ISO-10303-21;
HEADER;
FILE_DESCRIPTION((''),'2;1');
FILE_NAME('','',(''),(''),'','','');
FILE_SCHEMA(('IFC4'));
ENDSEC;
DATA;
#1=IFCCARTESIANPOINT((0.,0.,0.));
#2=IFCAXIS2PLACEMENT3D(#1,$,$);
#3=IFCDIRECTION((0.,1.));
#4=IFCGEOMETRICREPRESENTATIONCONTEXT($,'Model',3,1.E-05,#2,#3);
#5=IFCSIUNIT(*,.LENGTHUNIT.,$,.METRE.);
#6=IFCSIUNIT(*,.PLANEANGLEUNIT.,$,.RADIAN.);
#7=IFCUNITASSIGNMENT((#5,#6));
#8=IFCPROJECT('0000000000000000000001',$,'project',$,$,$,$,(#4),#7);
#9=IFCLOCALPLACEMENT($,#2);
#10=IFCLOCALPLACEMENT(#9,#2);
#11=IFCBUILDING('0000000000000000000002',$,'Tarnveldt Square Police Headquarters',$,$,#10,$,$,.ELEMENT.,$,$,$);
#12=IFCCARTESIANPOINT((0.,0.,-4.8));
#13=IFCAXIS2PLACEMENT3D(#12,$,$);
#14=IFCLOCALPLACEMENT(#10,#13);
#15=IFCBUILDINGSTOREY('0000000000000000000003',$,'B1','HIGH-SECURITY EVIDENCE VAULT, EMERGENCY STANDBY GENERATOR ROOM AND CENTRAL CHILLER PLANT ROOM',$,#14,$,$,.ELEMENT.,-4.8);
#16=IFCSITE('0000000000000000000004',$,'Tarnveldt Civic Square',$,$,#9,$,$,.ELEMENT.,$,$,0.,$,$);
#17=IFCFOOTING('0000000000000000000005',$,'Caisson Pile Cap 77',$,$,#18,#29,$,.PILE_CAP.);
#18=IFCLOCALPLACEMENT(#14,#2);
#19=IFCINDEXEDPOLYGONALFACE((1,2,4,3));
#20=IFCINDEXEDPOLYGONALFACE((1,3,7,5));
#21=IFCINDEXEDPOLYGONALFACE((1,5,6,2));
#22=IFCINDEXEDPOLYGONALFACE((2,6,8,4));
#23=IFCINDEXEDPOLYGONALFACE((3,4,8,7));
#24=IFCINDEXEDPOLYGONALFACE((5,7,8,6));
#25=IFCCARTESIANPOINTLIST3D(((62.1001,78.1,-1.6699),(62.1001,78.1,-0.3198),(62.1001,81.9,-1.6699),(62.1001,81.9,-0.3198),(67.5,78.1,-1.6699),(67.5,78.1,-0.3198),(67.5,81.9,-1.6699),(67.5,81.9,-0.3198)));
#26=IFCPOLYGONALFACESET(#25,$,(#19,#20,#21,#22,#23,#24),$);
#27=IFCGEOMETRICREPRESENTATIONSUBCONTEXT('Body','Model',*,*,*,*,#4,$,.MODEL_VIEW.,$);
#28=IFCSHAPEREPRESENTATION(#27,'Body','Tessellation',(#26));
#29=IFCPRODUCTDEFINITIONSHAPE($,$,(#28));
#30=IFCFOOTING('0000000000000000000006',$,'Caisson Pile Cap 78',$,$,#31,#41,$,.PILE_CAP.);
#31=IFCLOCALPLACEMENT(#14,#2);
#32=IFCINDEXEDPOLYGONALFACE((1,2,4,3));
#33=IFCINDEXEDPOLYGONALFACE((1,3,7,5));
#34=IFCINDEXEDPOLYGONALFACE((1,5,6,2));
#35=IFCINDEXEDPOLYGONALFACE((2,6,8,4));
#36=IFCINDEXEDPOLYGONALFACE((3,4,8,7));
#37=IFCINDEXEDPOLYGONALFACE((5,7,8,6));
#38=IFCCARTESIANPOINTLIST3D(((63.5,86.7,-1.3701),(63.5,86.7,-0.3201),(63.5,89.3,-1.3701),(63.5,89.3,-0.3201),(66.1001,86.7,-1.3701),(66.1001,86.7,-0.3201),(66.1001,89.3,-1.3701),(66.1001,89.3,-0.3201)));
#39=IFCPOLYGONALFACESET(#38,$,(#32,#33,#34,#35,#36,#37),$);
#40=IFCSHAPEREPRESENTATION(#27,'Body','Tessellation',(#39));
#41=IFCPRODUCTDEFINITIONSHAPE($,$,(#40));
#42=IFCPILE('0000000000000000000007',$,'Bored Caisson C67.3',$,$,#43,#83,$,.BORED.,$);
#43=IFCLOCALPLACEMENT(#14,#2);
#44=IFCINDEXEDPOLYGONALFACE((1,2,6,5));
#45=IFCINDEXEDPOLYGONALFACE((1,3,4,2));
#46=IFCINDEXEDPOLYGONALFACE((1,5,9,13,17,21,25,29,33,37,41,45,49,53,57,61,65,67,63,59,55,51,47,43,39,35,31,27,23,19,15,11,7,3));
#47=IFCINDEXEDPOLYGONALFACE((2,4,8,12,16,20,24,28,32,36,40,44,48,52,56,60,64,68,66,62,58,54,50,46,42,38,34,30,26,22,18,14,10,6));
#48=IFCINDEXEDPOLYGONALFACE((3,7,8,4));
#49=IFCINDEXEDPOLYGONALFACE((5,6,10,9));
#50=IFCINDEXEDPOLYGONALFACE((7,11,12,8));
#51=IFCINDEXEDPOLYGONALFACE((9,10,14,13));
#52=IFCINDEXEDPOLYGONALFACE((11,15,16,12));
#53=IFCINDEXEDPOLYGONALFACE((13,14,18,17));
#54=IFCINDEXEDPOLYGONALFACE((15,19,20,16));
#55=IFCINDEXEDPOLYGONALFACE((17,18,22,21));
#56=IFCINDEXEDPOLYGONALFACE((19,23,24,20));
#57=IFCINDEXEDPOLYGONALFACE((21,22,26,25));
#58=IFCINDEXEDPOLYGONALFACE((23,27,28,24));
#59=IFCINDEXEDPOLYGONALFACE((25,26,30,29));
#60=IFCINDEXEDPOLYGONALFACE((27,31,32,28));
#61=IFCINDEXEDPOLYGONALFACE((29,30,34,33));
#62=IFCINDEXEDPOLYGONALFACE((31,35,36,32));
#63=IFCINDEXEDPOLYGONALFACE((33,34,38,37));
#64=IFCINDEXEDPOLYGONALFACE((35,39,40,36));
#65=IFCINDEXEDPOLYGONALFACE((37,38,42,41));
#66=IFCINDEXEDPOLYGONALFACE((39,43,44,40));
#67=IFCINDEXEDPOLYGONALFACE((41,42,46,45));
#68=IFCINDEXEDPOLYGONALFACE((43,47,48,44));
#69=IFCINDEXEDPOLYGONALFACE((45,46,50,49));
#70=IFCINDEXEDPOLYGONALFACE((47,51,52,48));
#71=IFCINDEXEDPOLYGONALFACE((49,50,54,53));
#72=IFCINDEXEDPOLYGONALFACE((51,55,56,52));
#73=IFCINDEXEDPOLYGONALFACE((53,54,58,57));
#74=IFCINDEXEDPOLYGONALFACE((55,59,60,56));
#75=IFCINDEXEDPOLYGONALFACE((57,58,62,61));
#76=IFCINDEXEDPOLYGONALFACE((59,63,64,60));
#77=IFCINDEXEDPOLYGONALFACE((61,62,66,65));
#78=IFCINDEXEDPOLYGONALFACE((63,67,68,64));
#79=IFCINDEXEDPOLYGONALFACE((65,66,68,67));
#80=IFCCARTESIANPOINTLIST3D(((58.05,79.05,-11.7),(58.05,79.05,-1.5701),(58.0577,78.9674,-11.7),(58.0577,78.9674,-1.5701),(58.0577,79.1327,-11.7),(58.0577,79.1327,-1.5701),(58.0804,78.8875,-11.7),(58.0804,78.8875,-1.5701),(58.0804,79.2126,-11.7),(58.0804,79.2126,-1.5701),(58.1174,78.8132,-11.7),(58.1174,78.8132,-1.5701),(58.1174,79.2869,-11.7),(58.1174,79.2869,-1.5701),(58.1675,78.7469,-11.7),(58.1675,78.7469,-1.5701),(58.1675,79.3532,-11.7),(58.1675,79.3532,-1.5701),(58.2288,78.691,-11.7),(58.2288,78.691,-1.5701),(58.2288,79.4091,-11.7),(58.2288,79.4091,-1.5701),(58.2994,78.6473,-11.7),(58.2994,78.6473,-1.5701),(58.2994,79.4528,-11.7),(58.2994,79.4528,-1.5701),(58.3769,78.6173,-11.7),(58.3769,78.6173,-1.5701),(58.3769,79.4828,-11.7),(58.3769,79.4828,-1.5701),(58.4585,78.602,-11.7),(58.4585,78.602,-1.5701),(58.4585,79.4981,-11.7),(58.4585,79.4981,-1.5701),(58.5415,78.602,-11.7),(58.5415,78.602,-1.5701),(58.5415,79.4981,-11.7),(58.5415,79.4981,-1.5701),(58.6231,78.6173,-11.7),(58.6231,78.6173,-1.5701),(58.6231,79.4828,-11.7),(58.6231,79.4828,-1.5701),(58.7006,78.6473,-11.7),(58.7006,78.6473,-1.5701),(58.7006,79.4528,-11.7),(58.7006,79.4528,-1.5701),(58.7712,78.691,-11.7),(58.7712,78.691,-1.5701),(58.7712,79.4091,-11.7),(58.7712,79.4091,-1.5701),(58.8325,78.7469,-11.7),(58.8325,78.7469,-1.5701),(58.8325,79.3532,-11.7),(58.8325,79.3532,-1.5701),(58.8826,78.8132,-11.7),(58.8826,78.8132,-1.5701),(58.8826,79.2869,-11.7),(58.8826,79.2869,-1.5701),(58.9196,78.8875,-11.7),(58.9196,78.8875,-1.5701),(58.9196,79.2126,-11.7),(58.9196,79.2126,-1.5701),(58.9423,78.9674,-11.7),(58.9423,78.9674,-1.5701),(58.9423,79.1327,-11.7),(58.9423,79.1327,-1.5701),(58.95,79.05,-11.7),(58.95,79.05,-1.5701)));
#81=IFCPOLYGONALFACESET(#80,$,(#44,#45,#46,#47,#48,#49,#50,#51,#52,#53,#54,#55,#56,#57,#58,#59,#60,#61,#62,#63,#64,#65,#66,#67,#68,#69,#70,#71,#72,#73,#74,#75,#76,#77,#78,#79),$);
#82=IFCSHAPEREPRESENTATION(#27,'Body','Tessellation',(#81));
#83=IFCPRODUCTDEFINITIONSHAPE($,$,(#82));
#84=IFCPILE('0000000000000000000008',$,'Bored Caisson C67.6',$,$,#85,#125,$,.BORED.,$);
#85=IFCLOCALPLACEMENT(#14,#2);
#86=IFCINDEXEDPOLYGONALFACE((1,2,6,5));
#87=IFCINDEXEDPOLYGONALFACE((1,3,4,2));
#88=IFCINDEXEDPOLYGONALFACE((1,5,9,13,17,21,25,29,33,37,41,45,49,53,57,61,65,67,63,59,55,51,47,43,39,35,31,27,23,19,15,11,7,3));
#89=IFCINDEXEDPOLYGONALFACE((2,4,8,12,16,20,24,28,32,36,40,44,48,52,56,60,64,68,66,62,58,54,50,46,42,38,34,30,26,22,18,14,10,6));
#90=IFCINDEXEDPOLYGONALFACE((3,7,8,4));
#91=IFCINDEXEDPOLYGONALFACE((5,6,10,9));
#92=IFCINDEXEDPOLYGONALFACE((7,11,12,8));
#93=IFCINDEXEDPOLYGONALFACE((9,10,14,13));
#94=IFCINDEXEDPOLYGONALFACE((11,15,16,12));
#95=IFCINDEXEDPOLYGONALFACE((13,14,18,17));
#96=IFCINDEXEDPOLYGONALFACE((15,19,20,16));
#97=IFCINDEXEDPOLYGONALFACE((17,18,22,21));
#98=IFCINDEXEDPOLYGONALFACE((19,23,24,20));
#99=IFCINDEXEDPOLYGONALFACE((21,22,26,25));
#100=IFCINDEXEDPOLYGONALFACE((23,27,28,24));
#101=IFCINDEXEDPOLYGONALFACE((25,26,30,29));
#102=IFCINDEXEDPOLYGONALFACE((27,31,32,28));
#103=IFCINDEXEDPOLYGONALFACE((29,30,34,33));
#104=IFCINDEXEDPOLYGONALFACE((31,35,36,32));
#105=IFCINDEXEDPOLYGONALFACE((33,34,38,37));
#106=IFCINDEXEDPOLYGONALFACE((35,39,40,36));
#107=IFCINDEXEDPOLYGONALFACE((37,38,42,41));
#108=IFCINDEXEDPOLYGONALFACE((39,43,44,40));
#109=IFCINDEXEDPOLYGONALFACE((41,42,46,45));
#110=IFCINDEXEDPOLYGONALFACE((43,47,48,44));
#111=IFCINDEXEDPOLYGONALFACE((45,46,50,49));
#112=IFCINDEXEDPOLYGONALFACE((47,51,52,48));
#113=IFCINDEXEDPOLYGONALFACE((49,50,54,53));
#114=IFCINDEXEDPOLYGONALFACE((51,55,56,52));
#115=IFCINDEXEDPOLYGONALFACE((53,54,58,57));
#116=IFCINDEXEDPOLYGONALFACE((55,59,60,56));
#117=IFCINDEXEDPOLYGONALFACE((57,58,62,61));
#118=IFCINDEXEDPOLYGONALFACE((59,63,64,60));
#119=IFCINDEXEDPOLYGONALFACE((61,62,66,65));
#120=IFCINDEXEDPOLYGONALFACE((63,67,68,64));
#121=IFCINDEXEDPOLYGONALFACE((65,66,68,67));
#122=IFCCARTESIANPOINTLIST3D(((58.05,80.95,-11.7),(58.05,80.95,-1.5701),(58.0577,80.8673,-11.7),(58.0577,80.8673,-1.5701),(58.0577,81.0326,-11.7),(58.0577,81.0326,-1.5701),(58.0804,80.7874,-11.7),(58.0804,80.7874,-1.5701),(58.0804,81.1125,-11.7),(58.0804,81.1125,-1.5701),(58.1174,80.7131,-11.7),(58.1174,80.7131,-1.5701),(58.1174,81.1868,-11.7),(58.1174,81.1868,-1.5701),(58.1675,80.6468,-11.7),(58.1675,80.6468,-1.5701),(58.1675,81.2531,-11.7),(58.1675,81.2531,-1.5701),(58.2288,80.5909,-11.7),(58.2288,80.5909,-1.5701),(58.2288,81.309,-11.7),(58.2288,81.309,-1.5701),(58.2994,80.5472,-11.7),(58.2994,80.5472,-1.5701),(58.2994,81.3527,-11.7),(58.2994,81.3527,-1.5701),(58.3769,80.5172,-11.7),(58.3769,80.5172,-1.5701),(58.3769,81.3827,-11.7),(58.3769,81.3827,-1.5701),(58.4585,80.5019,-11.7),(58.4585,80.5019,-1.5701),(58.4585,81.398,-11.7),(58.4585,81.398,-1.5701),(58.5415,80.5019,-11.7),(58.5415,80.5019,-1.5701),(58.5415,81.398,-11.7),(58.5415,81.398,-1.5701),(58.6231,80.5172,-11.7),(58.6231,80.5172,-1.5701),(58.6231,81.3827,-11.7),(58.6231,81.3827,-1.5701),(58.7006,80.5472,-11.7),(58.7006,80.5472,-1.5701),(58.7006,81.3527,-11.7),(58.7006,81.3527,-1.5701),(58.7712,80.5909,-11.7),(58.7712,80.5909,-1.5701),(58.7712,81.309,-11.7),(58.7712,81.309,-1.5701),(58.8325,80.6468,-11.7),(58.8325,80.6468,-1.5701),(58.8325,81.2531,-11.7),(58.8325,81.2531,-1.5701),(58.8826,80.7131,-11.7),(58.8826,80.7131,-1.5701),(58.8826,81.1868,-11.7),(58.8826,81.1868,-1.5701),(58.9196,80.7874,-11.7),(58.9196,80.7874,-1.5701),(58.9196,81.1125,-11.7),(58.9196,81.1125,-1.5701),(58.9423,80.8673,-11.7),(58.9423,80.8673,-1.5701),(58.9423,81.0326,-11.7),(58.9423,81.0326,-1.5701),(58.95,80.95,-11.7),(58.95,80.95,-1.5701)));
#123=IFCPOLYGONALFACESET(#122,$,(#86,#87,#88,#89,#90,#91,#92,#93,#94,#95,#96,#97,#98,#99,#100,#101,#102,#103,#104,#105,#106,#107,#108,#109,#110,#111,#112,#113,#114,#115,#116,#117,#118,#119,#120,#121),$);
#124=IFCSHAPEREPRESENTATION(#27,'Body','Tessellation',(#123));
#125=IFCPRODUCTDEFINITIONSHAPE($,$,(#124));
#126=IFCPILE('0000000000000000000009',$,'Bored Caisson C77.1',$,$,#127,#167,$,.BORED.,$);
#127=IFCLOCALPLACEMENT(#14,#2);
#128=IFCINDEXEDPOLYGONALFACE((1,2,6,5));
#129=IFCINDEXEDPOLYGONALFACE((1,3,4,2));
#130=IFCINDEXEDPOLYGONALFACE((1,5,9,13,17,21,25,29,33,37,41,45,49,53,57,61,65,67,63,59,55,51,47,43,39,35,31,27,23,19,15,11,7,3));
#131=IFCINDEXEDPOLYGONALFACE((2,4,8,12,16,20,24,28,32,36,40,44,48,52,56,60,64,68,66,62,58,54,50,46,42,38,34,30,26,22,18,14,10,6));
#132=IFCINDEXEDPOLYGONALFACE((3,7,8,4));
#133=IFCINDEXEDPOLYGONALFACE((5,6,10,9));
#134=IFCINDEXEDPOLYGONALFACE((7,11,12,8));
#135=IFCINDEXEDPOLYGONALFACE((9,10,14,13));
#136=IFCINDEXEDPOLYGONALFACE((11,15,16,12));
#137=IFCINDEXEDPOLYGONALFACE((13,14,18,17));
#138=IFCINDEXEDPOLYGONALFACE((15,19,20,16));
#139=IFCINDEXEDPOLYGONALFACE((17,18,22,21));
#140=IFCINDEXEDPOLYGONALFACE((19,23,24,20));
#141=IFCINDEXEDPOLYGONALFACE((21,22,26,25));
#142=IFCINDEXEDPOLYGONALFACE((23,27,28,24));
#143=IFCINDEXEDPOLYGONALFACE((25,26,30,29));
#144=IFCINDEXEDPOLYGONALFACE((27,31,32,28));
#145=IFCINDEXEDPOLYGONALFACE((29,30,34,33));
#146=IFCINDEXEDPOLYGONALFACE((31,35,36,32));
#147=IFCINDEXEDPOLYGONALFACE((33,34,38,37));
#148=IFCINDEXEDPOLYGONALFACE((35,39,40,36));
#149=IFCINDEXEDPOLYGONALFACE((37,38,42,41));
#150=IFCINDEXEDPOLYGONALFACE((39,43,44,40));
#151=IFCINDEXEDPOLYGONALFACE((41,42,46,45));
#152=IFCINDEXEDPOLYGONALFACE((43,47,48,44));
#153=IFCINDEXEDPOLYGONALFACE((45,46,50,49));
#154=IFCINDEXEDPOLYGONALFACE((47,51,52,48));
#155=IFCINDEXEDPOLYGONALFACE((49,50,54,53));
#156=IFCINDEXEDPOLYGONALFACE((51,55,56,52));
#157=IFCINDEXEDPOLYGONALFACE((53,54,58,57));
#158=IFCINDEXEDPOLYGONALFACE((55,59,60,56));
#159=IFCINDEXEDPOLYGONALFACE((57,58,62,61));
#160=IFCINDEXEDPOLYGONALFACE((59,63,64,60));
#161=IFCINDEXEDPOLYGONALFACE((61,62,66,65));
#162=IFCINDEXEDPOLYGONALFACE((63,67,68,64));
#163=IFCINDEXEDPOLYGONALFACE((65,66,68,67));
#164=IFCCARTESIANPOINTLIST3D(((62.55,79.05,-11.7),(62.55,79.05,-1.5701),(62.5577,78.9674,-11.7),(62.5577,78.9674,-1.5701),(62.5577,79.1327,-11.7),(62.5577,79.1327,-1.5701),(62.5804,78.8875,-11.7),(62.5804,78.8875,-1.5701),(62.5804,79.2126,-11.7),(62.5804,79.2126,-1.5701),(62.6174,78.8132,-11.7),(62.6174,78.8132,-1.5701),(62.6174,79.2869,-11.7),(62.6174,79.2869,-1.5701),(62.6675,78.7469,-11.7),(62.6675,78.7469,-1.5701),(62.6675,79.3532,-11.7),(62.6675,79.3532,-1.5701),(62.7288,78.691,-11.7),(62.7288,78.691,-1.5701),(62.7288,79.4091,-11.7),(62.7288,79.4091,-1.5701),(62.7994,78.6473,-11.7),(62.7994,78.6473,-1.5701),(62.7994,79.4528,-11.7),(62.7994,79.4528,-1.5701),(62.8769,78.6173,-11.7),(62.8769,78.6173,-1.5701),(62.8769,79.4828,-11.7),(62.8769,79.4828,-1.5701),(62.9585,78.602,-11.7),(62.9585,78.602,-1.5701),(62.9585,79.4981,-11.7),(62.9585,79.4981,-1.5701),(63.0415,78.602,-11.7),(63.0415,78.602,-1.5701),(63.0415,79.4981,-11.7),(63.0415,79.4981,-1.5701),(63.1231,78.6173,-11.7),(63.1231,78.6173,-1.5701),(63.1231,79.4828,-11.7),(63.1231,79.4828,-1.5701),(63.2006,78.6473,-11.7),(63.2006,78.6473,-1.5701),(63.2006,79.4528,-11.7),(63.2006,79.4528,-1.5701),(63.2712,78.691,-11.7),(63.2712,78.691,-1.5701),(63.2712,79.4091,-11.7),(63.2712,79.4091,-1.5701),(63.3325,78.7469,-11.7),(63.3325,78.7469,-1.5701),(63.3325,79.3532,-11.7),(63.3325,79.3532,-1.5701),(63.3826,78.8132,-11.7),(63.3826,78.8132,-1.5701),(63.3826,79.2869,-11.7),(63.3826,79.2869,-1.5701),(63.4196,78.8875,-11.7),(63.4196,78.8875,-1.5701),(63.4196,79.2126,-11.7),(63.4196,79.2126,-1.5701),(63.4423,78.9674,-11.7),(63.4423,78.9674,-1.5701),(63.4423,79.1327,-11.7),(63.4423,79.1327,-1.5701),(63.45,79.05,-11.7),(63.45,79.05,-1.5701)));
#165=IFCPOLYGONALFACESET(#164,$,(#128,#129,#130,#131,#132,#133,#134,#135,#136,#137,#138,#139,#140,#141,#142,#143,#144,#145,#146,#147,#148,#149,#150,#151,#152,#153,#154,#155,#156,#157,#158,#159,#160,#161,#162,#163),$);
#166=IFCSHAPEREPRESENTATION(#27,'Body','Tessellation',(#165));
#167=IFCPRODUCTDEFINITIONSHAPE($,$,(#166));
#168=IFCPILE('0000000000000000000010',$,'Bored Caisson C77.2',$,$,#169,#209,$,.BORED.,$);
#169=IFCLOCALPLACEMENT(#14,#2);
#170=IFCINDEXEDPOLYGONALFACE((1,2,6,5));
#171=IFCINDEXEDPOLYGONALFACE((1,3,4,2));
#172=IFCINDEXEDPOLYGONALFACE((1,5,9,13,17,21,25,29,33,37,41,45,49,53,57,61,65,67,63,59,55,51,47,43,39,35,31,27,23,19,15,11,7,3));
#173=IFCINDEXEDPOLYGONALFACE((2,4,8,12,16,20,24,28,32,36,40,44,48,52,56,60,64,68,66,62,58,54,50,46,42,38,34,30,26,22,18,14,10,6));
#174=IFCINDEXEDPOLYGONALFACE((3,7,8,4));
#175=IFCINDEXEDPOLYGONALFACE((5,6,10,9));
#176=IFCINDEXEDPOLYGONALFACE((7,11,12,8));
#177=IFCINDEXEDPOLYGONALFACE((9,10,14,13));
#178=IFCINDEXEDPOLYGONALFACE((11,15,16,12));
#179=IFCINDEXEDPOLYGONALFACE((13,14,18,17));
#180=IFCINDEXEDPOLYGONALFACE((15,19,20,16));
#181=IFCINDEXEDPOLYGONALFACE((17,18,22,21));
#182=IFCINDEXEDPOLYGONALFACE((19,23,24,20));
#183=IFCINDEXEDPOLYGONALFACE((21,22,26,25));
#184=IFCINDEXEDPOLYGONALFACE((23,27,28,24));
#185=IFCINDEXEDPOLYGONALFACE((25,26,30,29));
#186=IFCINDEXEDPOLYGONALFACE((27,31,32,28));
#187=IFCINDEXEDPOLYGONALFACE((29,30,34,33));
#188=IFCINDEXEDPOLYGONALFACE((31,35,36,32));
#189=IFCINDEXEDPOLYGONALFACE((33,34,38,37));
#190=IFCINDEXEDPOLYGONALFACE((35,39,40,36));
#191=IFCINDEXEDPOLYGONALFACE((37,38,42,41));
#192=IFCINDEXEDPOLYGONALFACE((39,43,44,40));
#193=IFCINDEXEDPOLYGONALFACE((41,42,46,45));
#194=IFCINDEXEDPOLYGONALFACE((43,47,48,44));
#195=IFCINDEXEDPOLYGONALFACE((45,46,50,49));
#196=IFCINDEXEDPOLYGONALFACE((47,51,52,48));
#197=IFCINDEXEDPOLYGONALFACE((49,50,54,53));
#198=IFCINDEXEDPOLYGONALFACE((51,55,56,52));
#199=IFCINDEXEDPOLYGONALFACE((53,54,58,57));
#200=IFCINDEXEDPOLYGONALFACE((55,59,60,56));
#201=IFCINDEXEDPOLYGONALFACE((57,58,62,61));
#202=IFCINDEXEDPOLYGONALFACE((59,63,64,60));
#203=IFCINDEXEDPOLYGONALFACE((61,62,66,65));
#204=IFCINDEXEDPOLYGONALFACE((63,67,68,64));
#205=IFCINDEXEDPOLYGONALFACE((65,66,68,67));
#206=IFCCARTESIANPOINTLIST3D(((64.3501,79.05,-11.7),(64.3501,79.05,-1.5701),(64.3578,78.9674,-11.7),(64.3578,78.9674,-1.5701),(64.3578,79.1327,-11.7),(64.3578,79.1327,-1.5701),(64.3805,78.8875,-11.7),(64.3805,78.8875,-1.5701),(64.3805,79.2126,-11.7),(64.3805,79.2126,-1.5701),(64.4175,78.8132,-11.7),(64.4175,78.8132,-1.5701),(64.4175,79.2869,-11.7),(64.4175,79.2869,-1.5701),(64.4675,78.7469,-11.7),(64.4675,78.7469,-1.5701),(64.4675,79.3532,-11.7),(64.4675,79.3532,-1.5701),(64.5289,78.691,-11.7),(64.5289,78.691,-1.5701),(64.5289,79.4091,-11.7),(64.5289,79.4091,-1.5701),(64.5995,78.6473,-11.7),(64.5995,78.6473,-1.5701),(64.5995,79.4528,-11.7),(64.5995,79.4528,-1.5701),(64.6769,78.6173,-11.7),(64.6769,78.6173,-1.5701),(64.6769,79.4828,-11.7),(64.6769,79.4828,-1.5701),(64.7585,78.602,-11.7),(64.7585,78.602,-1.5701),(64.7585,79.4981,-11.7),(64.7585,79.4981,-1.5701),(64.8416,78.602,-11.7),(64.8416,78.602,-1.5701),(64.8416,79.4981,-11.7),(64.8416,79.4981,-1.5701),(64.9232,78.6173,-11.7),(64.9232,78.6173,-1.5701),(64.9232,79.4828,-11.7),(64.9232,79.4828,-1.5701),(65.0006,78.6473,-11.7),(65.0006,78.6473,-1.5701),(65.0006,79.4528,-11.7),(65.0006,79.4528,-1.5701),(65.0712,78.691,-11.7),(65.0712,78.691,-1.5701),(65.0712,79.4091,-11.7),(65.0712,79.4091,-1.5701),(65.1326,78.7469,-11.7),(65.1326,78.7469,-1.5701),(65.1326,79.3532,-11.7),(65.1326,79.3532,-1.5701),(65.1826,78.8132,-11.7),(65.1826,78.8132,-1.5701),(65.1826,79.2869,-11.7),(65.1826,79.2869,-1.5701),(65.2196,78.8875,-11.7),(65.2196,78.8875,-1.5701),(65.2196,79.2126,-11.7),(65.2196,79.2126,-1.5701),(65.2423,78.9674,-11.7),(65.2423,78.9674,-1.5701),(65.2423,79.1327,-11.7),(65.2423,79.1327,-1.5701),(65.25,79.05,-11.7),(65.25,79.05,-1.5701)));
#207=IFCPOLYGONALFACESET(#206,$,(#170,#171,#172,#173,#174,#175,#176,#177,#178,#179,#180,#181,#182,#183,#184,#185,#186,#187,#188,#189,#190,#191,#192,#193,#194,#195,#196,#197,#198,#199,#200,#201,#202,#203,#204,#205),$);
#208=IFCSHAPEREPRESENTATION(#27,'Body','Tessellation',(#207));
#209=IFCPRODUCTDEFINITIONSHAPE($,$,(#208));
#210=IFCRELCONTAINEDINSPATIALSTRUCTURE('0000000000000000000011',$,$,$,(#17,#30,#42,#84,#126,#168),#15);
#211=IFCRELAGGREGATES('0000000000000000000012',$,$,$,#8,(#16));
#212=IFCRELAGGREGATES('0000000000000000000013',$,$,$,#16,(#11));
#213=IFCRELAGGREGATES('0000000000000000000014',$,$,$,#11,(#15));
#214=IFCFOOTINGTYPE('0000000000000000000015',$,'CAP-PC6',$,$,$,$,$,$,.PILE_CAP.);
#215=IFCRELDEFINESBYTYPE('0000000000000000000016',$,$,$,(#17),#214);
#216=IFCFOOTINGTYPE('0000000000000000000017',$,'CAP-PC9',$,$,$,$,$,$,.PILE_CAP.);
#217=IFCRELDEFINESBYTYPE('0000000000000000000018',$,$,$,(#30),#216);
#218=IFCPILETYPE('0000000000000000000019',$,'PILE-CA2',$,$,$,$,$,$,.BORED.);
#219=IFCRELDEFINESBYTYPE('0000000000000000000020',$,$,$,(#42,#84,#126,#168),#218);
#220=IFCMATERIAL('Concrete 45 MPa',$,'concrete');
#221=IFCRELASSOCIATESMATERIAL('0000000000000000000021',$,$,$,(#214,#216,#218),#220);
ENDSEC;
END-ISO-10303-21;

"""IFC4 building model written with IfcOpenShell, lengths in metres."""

from ifc_helpers import new_model, si_unit, direction, frame, origin, origin_2d, place, context, subcontext, project, spatial, rectangle, circle, extrude, material, material_profile, profile_set, type_object, element, save


model = new_model("IFC4")

# Units and contexts
model_context = context("Model", 3, precision=1e-05, world=origin(), true_north=direction((0.0, 1.0)))
body_context = subcontext(model_context, "Body", "Model", "MODEL_VIEW")
ifc_project = project(units=[si_unit("LENGTHUNIT", "METRE"), si_unit("PLANEANGLEUNIT", "RADIAN")], contexts=[model_context])

# Site, building, storey
site_placement = place(None, origin())
site = spatial("IfcSite", under=ifc_project, at=site_placement, Name="Tarnveldt Civic Square", CompositionType="ELEMENT", RefElevation=0.0)
building_placement = place(site_placement, origin())
building = spatial("IfcBuilding", under=site, at=building_placement, Name="Tarnveldt Square Police Headquarters", CompositionType="ELEMENT")
storey_placement = place(building_placement, frame((0.0, 0.0, -4.8)))
storey = spatial("IfcBuildingStorey", under=building, at=storey_placement, Name="B1", Description="HIGH-SECURITY EVIDENCE VAULT, EMERGENCY STANDBY GENERATOR ROOM AND CENTRAL CHILLER PLANT ROOM", CompositionType="ELEMENT", Elevation=-4.8)

# Footings
ifc_material_1 = material(Name="Concrete 45 MPa", Category="concrete")
footing_type_1 = type_object("IfcFootingType", Name="CAP-PC6", PredefinedType="PILE_CAP", material=ifc_material_1)
footing_1_placement = place(storey_placement, frame((64.8, 80.0, -1.6699), z_axis=(0.0, 0.0, 1.0), x_axis=(1.0, 0.0, 0.0)))
element("IfcFooting", 1, at=footing_1_placement, inside=storey, type_object=footing_type_1, Name="Caisson Pile Cap 77", PredefinedType="PILE_CAP", context=body_context, shape_type="SweptSolid", body=[
    extrude(rectangle(XDim=5.3999, YDim=3.8, at=origin_2d()), origin(), (0.0, 0.0, 1.0), 1.3501),
])
footing_type_2 = type_object("IfcFootingType", Name="CAP-PC9", PredefinedType="PILE_CAP", material=ifc_material_1)
footing_2_placement = place(storey_placement, frame((64.8, 88.0, -1.3701), z_axis=(0.0, 0.0, 1.0), x_axis=(1.0, 0.0, 0.0)))
element("IfcFooting", 2, at=footing_2_placement, inside=storey, type_object=footing_type_2, Name="Caisson Pile Cap 78", PredefinedType="PILE_CAP", context=body_context, shape_type="SweptSolid", body=[
    extrude(rectangle(XDim=2.6001, YDim=2.6001, at=origin_2d()), origin(), (0.0, 0.0, 1.0), 1.05),
])

# Piles
ifc_material_profile_1 = material_profile(ifc_material_1, circle(Radius=0.45, at=origin_2d()), Name="CAISSON-D900")
ifc_profile_set_1 = profile_set([ifc_material_profile_1], Name="Concrete 45 MPa")
pile_type_1 = type_object("IfcPileType", Name="PILE-CA2", PredefinedType="BORED", material=ifc_profile_set_1)
for number, where, z_axis, x_axis, name in (
    (3, (58.5, 79.05, -1.5701), (0.0, 0.0, -1.0), (1.0, 0.0, 0.0), "Bored Caisson C67.3"),
    (4, (58.5, 80.95, -1.5701), (0.0, 0.0, -1.0), (1.0, 0.0, 0.0), "Bored Caisson C67.6"),
    (5, (63.0, 79.05, -1.5701), (0.0, 0.0, -1.0), (1.0, 0.0, 0.0), "Bored Caisson C77.1"),
    (6, (64.8, 79.05, -1.5701), (0.0, 0.0, -1.0), (1.0, 0.0, 0.0), "Bored Caisson C77.2"),
):
    element("IfcPile", number, at=place(storey_placement, frame(where, z_axis=z_axis, x_axis=x_axis)), inside=storey, type_object=pile_type_1, Name=name, PredefinedType="BORED", context=body_context, shape_type="SweptSolid", body=[
        extrude(circle(Radius=0.45, at=origin_2d()), origin(), (0.0, 0.0, 1.0), 10.1299),
    ])

save(model, "model.ifc")
